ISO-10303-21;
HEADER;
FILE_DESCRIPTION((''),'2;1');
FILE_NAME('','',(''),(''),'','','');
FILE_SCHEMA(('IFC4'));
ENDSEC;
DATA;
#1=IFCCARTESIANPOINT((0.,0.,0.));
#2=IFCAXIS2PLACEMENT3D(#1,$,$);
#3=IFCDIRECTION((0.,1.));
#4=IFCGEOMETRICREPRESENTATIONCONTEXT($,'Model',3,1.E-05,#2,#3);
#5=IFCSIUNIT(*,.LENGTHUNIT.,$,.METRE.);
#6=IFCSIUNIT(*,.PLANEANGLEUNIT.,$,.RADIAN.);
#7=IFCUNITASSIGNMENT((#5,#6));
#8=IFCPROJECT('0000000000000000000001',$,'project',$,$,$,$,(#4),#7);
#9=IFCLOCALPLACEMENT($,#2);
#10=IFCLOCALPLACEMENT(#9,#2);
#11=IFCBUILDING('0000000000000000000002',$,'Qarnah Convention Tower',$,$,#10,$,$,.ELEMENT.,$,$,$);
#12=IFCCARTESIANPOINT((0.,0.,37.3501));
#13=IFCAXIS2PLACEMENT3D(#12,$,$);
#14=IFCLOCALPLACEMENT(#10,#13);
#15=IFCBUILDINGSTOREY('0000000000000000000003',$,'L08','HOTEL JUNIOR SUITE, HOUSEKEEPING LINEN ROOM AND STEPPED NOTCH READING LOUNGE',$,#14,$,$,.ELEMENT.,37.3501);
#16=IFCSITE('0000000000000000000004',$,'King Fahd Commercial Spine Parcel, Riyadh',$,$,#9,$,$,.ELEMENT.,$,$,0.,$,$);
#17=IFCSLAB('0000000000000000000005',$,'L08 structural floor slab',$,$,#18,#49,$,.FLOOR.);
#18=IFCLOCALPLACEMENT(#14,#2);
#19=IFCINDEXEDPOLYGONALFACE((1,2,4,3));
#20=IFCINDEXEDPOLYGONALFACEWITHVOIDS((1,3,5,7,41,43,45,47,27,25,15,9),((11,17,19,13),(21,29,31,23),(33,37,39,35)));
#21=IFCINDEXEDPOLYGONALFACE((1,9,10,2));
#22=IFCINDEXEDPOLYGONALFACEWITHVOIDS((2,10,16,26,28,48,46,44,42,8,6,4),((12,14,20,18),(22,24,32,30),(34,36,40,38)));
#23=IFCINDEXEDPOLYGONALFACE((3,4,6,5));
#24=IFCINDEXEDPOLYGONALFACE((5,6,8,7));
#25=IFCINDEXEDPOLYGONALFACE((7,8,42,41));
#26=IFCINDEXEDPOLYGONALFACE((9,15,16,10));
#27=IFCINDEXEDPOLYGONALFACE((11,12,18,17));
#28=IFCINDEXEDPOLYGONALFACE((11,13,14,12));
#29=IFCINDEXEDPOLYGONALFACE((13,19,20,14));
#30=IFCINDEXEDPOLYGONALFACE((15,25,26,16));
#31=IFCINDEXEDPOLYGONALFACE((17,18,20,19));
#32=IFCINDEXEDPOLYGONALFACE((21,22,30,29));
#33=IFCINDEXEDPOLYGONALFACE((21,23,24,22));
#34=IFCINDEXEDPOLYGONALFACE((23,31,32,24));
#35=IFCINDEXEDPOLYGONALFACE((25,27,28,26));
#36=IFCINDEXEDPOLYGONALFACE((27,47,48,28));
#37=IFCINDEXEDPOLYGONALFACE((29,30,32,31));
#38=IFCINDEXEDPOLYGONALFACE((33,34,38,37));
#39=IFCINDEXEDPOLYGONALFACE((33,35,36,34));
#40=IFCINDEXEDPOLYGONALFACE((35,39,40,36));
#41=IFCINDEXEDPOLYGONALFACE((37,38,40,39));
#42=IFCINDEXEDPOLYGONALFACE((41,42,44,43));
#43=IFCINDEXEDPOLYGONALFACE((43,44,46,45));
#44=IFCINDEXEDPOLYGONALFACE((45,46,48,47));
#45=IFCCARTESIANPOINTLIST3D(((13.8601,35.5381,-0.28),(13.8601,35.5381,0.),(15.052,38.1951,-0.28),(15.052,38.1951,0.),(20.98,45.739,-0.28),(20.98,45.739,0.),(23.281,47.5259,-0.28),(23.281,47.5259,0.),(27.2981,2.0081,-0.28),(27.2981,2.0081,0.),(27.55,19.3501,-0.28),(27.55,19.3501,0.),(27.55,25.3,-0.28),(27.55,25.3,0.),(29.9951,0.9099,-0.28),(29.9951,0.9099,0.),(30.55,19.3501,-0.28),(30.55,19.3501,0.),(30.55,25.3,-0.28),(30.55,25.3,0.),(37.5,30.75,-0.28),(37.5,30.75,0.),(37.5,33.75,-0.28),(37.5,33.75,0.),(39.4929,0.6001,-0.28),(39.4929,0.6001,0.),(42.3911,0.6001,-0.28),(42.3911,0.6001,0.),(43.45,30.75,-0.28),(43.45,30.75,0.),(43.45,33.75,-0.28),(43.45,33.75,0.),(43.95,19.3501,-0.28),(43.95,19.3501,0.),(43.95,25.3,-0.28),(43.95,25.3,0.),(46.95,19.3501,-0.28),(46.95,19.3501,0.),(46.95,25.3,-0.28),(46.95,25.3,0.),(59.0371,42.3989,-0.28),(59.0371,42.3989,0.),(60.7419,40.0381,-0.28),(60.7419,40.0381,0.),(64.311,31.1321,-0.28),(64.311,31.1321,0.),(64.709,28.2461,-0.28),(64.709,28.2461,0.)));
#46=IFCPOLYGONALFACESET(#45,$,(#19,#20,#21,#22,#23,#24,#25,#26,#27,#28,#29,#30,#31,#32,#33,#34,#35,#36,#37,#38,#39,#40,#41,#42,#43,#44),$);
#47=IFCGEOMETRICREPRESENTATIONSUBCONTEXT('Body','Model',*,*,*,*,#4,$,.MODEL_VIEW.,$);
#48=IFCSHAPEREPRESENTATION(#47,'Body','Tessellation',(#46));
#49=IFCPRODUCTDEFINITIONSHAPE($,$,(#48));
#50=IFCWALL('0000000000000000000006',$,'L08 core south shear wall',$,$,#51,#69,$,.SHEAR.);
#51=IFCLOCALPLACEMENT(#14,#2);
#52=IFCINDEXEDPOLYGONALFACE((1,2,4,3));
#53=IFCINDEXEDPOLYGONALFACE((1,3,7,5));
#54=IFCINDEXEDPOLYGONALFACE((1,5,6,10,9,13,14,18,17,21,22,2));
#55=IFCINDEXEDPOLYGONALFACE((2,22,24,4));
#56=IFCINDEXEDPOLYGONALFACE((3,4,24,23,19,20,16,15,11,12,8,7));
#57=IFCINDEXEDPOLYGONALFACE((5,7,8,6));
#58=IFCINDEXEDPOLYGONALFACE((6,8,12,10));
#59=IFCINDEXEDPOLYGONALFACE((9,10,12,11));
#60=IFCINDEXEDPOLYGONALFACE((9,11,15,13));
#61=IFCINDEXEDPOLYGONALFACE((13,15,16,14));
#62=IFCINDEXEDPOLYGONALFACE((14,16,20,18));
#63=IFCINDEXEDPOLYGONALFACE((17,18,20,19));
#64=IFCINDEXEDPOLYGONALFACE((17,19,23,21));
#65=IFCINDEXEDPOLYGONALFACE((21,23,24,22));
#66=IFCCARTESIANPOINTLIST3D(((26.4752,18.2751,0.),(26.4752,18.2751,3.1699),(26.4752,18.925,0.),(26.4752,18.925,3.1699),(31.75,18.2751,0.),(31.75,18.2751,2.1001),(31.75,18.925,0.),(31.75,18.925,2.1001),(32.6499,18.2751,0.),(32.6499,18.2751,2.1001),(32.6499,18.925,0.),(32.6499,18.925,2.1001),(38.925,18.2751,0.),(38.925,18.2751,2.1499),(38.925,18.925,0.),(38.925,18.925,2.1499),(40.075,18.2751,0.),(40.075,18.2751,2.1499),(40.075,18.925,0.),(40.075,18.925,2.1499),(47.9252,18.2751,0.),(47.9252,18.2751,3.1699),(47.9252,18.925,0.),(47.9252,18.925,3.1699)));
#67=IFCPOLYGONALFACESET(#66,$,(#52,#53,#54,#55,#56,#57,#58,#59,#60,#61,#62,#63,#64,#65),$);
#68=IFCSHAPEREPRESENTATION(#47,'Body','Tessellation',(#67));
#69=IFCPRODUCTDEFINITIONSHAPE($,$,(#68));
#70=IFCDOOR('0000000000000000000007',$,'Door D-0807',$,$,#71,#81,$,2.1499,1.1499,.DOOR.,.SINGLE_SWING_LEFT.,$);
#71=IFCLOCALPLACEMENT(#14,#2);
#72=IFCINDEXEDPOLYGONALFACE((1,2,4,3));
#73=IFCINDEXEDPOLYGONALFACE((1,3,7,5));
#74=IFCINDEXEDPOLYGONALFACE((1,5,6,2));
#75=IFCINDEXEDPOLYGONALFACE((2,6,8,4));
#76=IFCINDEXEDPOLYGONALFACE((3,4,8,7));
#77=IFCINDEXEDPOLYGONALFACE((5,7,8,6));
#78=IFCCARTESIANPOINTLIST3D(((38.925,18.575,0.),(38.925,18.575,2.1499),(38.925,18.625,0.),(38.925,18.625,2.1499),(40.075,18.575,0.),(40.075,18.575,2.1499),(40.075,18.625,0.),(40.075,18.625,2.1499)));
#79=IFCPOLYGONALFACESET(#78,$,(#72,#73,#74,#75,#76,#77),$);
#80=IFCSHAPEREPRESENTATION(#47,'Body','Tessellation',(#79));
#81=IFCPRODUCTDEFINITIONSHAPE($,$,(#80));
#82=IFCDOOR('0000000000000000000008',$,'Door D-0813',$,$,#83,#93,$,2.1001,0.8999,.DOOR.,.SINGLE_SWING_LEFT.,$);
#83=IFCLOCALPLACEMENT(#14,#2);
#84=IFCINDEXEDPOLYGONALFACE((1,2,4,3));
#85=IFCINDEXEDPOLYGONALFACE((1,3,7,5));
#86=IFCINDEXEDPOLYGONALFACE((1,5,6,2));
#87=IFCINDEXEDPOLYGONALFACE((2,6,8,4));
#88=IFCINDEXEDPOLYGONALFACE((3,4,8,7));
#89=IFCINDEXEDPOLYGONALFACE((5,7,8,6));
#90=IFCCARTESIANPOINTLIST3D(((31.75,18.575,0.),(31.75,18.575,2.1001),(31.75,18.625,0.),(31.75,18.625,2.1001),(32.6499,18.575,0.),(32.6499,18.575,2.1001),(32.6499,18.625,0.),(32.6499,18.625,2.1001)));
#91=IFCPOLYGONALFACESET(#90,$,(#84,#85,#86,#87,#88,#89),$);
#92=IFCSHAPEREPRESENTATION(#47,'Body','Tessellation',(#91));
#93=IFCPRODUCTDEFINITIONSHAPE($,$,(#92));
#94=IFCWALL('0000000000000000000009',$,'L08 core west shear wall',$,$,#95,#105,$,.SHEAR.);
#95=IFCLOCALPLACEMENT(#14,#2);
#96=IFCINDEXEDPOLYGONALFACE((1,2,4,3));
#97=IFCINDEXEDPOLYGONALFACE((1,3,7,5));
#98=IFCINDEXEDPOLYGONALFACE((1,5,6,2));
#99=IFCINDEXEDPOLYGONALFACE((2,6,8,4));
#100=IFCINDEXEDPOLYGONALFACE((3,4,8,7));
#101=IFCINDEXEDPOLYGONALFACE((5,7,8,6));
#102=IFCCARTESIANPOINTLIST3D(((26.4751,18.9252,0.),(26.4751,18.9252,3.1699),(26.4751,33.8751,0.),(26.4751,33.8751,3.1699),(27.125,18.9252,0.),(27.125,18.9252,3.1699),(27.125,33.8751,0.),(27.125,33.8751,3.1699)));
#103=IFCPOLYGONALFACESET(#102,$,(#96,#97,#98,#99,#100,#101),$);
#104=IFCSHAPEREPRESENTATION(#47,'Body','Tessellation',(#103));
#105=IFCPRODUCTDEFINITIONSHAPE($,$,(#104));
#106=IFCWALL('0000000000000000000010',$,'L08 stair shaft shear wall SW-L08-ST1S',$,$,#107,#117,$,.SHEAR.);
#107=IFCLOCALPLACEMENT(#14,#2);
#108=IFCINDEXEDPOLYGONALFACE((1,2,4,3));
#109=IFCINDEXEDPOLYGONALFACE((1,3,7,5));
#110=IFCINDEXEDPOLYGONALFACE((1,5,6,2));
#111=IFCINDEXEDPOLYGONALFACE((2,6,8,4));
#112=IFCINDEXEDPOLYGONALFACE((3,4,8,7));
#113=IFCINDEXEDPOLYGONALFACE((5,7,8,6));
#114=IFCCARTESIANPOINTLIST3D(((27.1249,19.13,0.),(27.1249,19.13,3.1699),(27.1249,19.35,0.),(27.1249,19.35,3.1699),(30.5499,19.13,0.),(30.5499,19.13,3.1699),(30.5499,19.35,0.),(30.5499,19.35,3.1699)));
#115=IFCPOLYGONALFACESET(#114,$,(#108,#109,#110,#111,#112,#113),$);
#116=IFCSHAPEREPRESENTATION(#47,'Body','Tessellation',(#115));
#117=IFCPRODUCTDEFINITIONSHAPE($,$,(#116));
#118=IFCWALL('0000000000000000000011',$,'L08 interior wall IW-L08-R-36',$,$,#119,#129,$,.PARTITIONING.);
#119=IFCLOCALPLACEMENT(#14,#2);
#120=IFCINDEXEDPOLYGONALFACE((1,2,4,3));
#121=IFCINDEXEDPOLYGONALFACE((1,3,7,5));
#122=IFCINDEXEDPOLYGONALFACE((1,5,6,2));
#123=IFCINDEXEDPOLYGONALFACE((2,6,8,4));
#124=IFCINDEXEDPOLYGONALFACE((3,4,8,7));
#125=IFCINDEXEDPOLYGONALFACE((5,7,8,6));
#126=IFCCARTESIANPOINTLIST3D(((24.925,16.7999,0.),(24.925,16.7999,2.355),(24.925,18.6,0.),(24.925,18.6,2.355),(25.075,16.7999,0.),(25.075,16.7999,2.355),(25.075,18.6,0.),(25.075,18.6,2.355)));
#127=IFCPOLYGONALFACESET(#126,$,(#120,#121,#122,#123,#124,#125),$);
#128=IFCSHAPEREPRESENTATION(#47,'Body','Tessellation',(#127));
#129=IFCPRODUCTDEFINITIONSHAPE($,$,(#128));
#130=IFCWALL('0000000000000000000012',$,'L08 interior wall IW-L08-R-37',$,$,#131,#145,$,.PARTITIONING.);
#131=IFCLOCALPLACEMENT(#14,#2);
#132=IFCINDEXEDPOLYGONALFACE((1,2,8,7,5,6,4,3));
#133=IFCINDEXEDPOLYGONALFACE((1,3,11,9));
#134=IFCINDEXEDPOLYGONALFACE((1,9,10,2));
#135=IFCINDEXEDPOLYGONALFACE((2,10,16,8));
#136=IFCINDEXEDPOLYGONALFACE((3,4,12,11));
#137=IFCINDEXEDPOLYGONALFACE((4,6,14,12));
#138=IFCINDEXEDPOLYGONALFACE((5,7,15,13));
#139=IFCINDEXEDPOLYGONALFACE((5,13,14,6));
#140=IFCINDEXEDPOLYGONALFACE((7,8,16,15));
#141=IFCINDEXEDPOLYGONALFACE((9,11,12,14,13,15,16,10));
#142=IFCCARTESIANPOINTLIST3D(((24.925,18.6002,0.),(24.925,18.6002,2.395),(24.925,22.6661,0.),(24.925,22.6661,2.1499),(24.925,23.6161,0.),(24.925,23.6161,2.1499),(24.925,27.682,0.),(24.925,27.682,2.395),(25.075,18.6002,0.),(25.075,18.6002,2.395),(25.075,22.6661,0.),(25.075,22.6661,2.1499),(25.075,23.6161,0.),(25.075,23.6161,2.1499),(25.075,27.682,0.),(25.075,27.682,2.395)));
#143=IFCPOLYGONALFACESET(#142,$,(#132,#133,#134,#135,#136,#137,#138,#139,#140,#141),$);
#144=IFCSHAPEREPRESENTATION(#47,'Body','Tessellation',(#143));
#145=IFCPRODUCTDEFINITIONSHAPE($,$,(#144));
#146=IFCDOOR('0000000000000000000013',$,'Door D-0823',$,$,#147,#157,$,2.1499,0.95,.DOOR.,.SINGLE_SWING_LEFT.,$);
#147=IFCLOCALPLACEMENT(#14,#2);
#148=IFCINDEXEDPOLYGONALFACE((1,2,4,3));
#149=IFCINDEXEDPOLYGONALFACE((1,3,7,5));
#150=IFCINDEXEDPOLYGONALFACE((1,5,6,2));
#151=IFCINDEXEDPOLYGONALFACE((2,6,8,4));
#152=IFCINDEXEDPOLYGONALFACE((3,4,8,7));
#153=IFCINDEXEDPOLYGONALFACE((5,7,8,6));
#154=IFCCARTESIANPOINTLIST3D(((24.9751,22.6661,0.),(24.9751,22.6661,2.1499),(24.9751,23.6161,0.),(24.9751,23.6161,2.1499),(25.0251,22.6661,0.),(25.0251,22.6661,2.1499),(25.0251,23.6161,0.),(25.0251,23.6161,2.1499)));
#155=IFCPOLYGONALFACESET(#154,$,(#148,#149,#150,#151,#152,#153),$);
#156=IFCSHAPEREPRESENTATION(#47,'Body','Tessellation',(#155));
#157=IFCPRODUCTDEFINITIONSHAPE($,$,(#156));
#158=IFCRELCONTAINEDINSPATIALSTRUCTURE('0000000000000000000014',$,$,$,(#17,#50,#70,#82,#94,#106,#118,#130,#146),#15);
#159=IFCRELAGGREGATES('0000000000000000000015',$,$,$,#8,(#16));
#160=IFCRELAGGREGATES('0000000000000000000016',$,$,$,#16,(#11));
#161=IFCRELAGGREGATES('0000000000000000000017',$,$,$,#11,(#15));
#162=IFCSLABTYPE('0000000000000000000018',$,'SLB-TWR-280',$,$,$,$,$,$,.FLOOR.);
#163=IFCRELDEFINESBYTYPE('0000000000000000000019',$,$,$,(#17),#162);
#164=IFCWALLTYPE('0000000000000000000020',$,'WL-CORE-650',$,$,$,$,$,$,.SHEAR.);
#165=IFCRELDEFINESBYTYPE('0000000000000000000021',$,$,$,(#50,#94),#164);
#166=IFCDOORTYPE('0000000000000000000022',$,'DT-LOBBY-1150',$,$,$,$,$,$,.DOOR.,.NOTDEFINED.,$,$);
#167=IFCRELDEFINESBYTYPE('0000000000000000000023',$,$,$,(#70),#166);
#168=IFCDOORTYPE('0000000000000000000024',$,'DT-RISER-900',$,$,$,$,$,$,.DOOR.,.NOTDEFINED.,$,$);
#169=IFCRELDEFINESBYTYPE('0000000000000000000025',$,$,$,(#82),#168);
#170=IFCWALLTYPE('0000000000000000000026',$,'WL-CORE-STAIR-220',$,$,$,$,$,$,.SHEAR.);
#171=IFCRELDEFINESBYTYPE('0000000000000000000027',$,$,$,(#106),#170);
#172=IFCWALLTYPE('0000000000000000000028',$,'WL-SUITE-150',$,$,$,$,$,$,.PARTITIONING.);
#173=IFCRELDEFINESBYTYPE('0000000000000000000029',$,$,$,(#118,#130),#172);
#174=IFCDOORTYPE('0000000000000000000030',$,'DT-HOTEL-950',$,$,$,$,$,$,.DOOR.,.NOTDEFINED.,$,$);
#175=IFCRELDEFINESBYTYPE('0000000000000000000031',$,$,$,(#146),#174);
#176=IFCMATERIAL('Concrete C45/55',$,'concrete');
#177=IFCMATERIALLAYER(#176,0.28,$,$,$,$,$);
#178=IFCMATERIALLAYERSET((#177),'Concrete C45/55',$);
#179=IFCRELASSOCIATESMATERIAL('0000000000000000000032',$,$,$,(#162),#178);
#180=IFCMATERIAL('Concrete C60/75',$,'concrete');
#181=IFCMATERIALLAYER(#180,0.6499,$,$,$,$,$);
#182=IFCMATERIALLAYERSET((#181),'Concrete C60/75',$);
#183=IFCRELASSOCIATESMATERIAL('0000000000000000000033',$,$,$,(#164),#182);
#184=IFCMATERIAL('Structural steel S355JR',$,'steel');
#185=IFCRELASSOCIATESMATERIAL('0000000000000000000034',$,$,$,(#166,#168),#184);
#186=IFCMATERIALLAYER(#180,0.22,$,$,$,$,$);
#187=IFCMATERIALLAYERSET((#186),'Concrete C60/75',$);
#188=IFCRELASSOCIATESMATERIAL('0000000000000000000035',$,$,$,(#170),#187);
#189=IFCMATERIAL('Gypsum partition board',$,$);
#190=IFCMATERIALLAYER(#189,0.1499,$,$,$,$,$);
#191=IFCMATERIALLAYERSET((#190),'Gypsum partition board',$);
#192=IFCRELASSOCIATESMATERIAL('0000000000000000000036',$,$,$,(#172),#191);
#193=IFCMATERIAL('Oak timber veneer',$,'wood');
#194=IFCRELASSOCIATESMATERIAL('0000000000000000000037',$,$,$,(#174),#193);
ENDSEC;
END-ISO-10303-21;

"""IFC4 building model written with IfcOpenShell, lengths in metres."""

from ifc_helpers import new_model, si_unit, direction, frame, frame_2d, origin, place, context, subcontext, project, spatial, polyline, rectangle, outline, extrude, material, layer, layer_set, type_object, element, fill, save


model = new_model("IFC4")

# Units and contexts
model_context = context("Model", 3, precision=1e-05, world=origin(), true_north=direction((0.0, 1.0)))
body_context = subcontext(model_context, "Body", "Model", "MODEL_VIEW")
ifc_project = project(units=[si_unit("LENGTHUNIT", "METRE"), si_unit("PLANEANGLEUNIT", "RADIAN")], contexts=[model_context])

# Site, building, storey
site_placement = place(None, origin())
site = spatial("IfcSite", under=ifc_project, at=site_placement, Name="King Fahd Commercial Spine Parcel, Riyadh", CompositionType="ELEMENT", RefElevation=0.0)
building_placement = place(site_placement, origin())
building = spatial("IfcBuilding", under=site, at=building_placement, Name="Qarnah Convention Tower", CompositionType="ELEMENT")
storey_placement = place(building_placement, frame((0.0, 0.0, 37.3501)))
storey = spatial("IfcBuildingStorey", under=building, at=storey_placement, Name="L08", Description="HOTEL JUNIOR SUITE, HOUSEKEEPING LINEN ROOM AND STEPPED NOTCH READING LOUNGE", CompositionType="ELEMENT", Elevation=37.3501)

# Shared definitions
ifc_material_1 = material(Name="Concrete C60/75", Category="concrete")
ifc_material_2 = material(Name="Structural steel S355JR", Category="steel")

# Shared definitions
ifc_material_3 = material(Name="Concrete C45/55", Category="concrete")

# Slab
ifc_layer_1 = layer(ifc_material_3, 0.28)
ifc_layer_set_1 = layer_set([ifc_layer_1], Name="Concrete C45/55")
slab_type_1 = type_object("IfcSlabType", Name="SLB-TWR-280", PredefinedType="FLOOR", material=ifc_layer_set_1)
slab_1_placement = place(storey_placement, frame((0.0, 0.0, -0.28)))
element("IfcSlab", 1, at=slab_1_placement, inside=storey, type_object=slab_type_1, Name="L08 structural floor slab", PredefinedType="FLOOR", context=body_context, shape_type="SweptSolid", body=[
    extrude(outline(polyline([(59.0371, 42.3989), (23.281, 47.5259), (20.98, 45.739), (15.052, 38.1951), (13.8601, 35.5381), (27.2981, 2.0081), (29.9951, 0.9099), (39.4929, 0.6001), (42.3911, 0.6001), (64.709, 28.2461), (64.311, 31.1321), (60.7419, 40.0381), (59.0371, 42.3989)]), holes=[polyline([(27.55, 25.3), (27.55, 19.3501), (30.55, 19.3501), (30.55, 25.3), (27.55, 25.3)]), polyline([(43.95, 25.3), (43.95, 19.3501), (46.95, 19.3501), (46.95, 25.3), (43.95, 25.3)]), polyline([(37.5, 30.75), (43.45, 30.75), (43.45, 33.75), (37.5, 33.75), (37.5, 30.75)])]), origin(), (0.0, 0.0, 1.0), 0.28),
])

# Wall, openings, doors
ifc_layer_2 = layer(ifc_material_1, 0.6499)
ifc_layer_set_2 = layer_set([ifc_layer_2], Name="Concrete C60/75")
wall_type_1 = type_object("IfcWallType", Name="WL-CORE-650", PredefinedType="SHEAR", material=ifc_layer_set_2)
wall_1_placement = place(storey_placement, frame((26.4751, 18.6001, 0.0), z_axis=(0.0, 0.0, 1.0), x_axis=(1.0, 0.0, 0.0)))
wall_1 = element("IfcWall", 2, at=wall_1_placement, inside=storey, type_object=wall_type_1, Name="L08 core south shear wall", PredefinedType="SHEAR", context=body_context, shape_type="SweptSolid", body=[
    extrude(rectangle(XDim=21.45, YDim=0.6499, at=frame_2d((10.7251, 0.0))), origin(), (0.0, 0.0, 1.0), 3.1699),
])
opening_1_placement = place(wall_1_placement, frame((12.45, 0.0, 0.0)))
opening_1 = element("IfcOpeningElement", 3, at=opening_1_placement, cuts=wall_1, PredefinedType="OPENING", context=body_context, shape_type="SweptSolid", body=[
    extrude(rectangle(XDim=1.1499, YDim=2.1499, at=frame_2d((0.575, 1.075))), frame((0.0, 0.335, 0.0), z_axis=(0.0, -1.0, 0.0), x_axis=(1.0, 0.0, 0.0)), (0.0, 0.0, 1.0), 0.6699),
])
opening_2_placement = place(wall_1_placement, frame((5.2749, 0.0, 0.0)))
opening_2 = element("IfcOpeningElement", 4, at=opening_2_placement, cuts=wall_1, PredefinedType="OPENING", context=body_context, shape_type="SweptSolid", body=[
    extrude(rectangle(XDim=0.8999, YDim=2.1001, at=frame_2d((0.45, 1.05))), frame((0.0, 0.335, 0.0), z_axis=(0.0, -1.0, 0.0), x_axis=(1.0, 0.0, 0.0)), (0.0, 0.0, 1.0), 0.6699),
])
door_type_1 = type_object("IfcDoorType", Name="DT-LOBBY-1150", OperationType="NOTDEFINED", PredefinedType="DOOR", material=ifc_material_2)
door_1_placement = place(opening_1_placement, origin())
door_1 = element("IfcDoor", 5, at=door_1_placement, inside=storey, type_object=door_type_1, Name="Door D-0807", OperationType="SINGLE_SWING_LEFT", OverallHeight=2.1499, OverallWidth=1.1499, PredefinedType="DOOR", context=body_context, shape_type="SweptSolid", body=[
    extrude(rectangle(XDim=1.1499, YDim=2.1499, at=frame_2d((0.575, 1.075))), frame((0.0, 0.0249, 0.0), z_axis=(0.0, -1.0, 0.0), x_axis=(1.0, 0.0, 0.0)), (0.0, 0.0, 1.0), 0.05),
])
fill(opening_1, door_1)
door_type_2 = type_object("IfcDoorType", Name="DT-RISER-900", OperationType="NOTDEFINED", PredefinedType="DOOR", material=ifc_material_2)
door_2_placement = place(opening_2_placement, origin())
door_2 = element("IfcDoor", 6, at=door_2_placement, inside=storey, type_object=door_type_2, Name="Door D-0813", OperationType="SINGLE_SWING_LEFT", OverallHeight=2.1001, OverallWidth=0.8999, PredefinedType="DOOR", context=body_context, shape_type="SweptSolid", body=[
    extrude(rectangle(XDim=0.8999, YDim=2.1001, at=frame_2d((0.45, 1.05))), frame((0.0, 0.0249, 0.0), z_axis=(0.0, -1.0, 0.0), x_axis=(1.0, 0.0, 0.0)), (0.0, 0.0, 1.0), 0.05),
])
fill(opening_2, door_2)

# Walls
wall_2_placement = place(storey_placement, frame((26.8, 18.925, 0.0), z_axis=(0.0, 0.0, 1.0), x_axis=(0.0, 1.0, 0.0)))
element("IfcWall", 7, at=wall_2_placement, inside=storey, type_object=wall_type_1, Name="L08 core west shear wall", PredefinedType="SHEAR", context=body_context, shape_type="SweptSolid", body=[
    extrude(rectangle(XDim=14.95, YDim=0.6499, at=frame_2d((7.4751, 0.0))), origin(), (0.0, 0.0, 1.0), 3.1699),
])
ifc_layer_3 = layer(ifc_material_1, 0.22)
ifc_layer_set_3 = layer_set([ifc_layer_3], Name="Concrete C60/75")
wall_type_2 = type_object("IfcWallType", Name="WL-CORE-STAIR-220", PredefinedType="SHEAR", material=ifc_layer_set_3)
wall_3_placement = place(storey_placement, frame((27.125, 19.24, 0.0), z_axis=(0.0, 0.0, 1.0), x_axis=(1.0, 0.0, 0.0)))
element("IfcWall", 8, at=wall_3_placement, inside=storey, type_object=wall_type_2, Name="L08 stair shaft shear wall SW-L08-ST1S", PredefinedType="SHEAR", context=body_context, shape_type="SweptSolid", body=[
    extrude(rectangle(XDim=3.425, YDim=0.22, at=frame_2d((1.7124, 0.0))), origin(), (0.0, 0.0, 1.0), 3.1699),
])
ifc_material_4 = material(Name="Gypsum partition board")
ifc_layer_4 = layer(ifc_material_4, 0.1499)
ifc_layer_set_4 = layer_set([ifc_layer_4], Name="Gypsum partition board")
wall_type_3 = type_object("IfcWallType", Name="WL-SUITE-150", PredefinedType="PARTITIONING", material=ifc_layer_set_4)
wall_4_placement = place(storey_placement, frame((25.0, 16.8, 0.0), z_axis=(0.0, 0.0, 1.0), x_axis=(0.0, 1.0, 0.0)))
element("IfcWall", 9, at=wall_4_placement, inside=storey, type_object=wall_type_3, Name="L08 interior wall IW-L08-R-36", PredefinedType="PARTITIONING", context=body_context, shape_type="SweptSolid", body=[
    extrude(rectangle(XDim=1.8, YDim=0.1499, at=frame_2d((0.8999, 0.0))), origin(), (0.0, 0.0, 1.0), 2.355),
])

# Wall, opening, door
wall_5_placement = place(storey_placement, frame((25.0, 18.6001, 0.0), z_axis=(0.0, 0.0, 1.0), x_axis=(0.0, 1.0, 0.0)))
wall_5 = element("IfcWall", 10, at=wall_5_placement, inside=storey, type_object=wall_type_3, Name="L08 interior wall IW-L08-R-37", PredefinedType="PARTITIONING", context=body_context, shape_type="SweptSolid", body=[
    extrude(rectangle(XDim=9.0818, YDim=0.1499, at=frame_2d((4.541, 0.0))), origin(), (0.0, 0.0, 1.0), 2.395),
])
opening_3_placement = place(wall_5_placement, frame((4.0659, 0.0, 0.0)))
opening_3 = element("IfcOpeningElement", 11, at=opening_3_placement, cuts=wall_5, PredefinedType="OPENING", context=body_context, shape_type="SweptSolid", body=[
    extrude(rectangle(XDim=0.95, YDim=2.1499, at=frame_2d((0.4751, 1.075))), frame((0.0, 0.085, 0.0), z_axis=(0.0, -1.0, 0.0), x_axis=(1.0, 0.0, 0.0)), (0.0, 0.0, 1.0), 0.1699),
])
ifc_material_5 = material(Name="Oak timber veneer", Category="wood")
door_type_3 = type_object("IfcDoorType", Name="DT-HOTEL-950", OperationType="NOTDEFINED", PredefinedType="DOOR", material=ifc_material_5)
door_3_placement = place(opening_3_placement, origin())
door_3 = element("IfcDoor", 12, at=door_3_placement, inside=storey, type_object=door_type_3, Name="Door D-0823", OperationType="SINGLE_SWING_LEFT", OverallHeight=2.1499, OverallWidth=0.95, PredefinedType="DOOR", context=body_context, shape_type="SweptSolid", body=[
    extrude(rectangle(XDim=0.95, YDim=2.1499, at=frame_2d((0.4751, 1.075))), frame((0.0, 0.0249, 0.0), z_axis=(0.0, -1.0, 0.0), x_axis=(1.0, 0.0, 0.0)), (0.0, 0.0, 1.0), 0.05),
])
fill(opening_3, door_3)

save(model, "model.ifc")
